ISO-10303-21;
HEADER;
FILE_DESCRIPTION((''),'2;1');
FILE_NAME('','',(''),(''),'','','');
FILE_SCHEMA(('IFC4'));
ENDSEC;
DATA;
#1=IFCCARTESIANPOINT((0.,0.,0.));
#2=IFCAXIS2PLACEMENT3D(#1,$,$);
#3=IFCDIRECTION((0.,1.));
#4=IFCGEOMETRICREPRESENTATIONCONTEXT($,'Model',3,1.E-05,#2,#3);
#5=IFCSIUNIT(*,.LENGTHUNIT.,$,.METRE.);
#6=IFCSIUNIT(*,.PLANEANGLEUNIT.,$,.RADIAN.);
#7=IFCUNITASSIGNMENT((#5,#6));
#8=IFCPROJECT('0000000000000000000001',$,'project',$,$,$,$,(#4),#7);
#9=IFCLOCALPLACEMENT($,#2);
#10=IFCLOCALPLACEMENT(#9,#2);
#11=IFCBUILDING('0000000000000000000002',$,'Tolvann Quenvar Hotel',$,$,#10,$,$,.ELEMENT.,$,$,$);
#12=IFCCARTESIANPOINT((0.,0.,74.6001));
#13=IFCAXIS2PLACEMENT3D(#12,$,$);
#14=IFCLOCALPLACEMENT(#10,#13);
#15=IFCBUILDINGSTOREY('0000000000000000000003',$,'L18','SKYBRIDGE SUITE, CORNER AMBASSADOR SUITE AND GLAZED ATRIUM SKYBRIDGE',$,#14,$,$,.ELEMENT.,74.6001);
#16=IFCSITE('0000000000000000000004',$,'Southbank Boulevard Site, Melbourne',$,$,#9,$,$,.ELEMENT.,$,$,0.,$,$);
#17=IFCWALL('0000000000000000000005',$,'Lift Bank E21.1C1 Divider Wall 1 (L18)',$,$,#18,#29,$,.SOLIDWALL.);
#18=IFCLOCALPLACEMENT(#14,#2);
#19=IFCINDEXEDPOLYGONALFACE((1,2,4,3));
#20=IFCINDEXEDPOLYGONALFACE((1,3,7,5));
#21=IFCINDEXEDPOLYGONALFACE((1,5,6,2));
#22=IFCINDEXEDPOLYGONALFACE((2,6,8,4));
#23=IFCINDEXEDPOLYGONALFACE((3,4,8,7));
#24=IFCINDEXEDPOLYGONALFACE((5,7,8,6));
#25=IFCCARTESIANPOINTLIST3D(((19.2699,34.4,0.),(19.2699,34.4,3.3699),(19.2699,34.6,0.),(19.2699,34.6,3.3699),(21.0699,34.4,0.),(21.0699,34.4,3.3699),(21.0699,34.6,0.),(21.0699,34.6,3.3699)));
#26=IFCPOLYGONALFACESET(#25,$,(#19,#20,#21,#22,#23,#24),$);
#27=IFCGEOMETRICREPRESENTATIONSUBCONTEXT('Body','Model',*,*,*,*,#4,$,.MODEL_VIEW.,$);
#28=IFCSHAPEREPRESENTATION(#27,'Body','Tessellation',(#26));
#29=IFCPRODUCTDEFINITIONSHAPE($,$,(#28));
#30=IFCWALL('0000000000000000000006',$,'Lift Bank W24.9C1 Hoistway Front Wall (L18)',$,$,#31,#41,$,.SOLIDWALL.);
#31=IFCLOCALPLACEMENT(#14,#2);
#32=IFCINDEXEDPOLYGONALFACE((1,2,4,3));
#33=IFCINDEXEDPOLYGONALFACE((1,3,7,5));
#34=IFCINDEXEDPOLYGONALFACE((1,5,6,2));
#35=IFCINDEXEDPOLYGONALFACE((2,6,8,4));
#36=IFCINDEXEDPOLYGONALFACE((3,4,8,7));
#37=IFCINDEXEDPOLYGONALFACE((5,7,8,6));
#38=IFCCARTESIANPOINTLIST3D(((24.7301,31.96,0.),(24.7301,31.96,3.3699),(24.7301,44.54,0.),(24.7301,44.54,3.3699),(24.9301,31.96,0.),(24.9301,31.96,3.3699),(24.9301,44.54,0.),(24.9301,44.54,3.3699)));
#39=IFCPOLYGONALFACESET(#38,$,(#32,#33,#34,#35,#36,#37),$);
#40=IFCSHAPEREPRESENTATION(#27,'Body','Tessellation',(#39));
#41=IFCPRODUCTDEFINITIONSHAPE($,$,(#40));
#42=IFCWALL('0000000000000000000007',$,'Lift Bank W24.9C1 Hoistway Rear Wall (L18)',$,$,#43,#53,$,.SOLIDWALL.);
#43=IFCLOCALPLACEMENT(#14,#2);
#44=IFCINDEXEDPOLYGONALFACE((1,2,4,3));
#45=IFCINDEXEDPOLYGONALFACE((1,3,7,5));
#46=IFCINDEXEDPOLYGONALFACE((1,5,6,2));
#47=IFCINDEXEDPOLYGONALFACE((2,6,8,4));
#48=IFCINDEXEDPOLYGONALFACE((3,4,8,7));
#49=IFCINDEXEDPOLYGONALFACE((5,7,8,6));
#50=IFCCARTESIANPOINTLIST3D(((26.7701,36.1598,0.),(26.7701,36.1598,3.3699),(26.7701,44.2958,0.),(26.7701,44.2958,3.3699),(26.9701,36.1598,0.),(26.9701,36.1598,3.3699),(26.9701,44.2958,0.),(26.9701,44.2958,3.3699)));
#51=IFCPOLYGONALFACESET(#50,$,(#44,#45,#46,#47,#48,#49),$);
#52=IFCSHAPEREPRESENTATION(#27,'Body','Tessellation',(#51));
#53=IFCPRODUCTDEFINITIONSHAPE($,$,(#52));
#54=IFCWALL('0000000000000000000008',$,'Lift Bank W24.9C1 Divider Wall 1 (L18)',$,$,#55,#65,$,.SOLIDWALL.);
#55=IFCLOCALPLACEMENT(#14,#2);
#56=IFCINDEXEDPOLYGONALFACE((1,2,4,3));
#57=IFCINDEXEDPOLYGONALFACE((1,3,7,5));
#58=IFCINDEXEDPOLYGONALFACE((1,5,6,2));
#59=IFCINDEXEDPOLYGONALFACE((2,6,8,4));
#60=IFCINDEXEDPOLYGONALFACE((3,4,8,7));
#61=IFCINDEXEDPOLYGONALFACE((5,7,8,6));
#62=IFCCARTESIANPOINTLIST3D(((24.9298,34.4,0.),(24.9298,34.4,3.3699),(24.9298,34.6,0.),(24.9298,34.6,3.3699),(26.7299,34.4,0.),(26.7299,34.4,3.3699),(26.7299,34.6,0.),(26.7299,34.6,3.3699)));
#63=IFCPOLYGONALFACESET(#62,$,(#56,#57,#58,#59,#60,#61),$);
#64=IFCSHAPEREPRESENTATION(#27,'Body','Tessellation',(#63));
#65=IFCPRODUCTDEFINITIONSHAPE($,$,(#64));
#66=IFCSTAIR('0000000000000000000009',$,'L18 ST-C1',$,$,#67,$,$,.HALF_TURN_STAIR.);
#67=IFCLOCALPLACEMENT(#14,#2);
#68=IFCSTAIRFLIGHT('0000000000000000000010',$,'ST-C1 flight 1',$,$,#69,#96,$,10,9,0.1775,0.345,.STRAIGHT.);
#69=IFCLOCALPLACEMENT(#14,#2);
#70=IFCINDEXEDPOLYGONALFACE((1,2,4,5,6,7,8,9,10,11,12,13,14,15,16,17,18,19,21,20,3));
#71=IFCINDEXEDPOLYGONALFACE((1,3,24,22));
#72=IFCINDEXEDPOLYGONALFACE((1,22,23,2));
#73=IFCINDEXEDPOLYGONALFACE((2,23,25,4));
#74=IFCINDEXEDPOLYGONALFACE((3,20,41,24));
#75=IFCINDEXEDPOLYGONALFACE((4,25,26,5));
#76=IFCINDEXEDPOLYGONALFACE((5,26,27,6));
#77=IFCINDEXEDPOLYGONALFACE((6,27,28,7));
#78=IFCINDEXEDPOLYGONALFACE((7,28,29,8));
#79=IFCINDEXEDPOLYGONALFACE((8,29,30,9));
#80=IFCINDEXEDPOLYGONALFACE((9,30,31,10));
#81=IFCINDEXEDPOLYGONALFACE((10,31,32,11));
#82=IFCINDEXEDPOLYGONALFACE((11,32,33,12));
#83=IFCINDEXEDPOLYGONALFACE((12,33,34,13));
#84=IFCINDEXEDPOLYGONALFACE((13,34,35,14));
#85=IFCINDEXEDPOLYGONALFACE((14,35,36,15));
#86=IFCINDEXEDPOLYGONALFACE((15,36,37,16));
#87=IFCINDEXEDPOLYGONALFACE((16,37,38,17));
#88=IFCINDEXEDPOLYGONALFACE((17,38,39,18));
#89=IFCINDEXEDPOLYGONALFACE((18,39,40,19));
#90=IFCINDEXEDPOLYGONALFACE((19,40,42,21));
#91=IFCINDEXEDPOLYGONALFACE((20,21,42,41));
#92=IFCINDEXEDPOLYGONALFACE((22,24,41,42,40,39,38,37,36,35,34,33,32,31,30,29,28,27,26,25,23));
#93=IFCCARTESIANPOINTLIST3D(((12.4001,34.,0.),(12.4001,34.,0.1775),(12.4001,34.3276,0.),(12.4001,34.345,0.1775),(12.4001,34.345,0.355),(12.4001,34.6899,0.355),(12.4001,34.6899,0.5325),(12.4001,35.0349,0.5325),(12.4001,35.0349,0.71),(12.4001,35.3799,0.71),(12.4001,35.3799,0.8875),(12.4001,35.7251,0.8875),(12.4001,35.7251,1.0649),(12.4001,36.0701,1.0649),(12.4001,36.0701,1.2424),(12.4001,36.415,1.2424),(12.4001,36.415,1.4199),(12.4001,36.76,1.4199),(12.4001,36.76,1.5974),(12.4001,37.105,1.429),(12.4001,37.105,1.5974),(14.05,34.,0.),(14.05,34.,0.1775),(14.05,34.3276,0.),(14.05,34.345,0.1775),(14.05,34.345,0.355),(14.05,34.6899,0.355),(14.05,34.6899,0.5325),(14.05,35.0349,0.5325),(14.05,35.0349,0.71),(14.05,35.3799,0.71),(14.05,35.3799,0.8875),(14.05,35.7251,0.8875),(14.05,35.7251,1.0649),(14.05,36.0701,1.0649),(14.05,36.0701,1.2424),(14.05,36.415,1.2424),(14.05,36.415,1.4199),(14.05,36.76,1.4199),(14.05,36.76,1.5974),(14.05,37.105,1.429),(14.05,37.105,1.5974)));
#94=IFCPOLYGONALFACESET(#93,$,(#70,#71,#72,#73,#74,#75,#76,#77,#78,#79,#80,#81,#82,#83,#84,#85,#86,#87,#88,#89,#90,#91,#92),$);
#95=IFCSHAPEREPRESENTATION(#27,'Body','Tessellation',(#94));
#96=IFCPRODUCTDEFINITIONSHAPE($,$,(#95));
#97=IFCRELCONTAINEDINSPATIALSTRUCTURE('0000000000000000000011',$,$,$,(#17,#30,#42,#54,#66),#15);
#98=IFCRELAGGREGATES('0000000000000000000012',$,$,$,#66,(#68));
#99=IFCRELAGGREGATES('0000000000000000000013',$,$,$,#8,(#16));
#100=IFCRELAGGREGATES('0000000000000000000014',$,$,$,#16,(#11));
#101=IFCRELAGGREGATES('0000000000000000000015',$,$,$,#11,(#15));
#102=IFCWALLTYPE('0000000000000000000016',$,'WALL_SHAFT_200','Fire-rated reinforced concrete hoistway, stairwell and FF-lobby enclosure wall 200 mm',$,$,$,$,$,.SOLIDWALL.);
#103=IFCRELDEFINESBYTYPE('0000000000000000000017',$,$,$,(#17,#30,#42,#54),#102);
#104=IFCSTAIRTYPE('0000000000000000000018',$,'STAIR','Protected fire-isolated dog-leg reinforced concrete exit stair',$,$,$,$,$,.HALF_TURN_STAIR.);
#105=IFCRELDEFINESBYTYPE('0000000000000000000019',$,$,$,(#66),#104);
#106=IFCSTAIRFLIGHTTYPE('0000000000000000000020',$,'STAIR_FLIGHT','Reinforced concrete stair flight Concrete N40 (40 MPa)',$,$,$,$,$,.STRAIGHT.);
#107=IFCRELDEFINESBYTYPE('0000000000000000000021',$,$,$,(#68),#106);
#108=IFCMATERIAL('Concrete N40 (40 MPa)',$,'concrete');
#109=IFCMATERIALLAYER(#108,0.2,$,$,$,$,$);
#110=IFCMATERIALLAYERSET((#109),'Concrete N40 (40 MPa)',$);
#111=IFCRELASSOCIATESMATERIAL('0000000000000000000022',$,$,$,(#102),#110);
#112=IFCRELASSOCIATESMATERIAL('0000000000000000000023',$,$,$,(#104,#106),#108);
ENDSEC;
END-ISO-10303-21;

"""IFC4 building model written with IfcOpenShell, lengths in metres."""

from ifc_helpers import new_model, si_unit, direction, frame, frame_2d, origin, place, context, subcontext, project, spatial, polyline, rectangle, outline, extrude, material, layer, layer_set, type_object, element, aggregate, save


model = new_model("IFC4")

# Units and contexts
model_context = context("Model", 3, precision=1e-05, world=origin(), true_north=direction((0.0, 1.0)))
body_context = subcontext(model_context, "Body", "Model", "MODEL_VIEW")
ifc_project = project(units=[si_unit("LENGTHUNIT", "METRE"), si_unit("PLANEANGLEUNIT", "RADIAN")], contexts=[model_context])

# Site, building, storey
site_placement = place(None, origin())
site = spatial("IfcSite", under=ifc_project, at=site_placement, Name="Southbank Boulevard Site, Melbourne", CompositionType="ELEMENT", RefElevation=0.0)
building_placement = place(site_placement, origin())
building = spatial("IfcBuilding", under=site, at=building_placement, Name="Tolvann Quenvar Hotel", CompositionType="ELEMENT")
storey_placement = place(building_placement, frame((0.0, 0.0, 74.6001)))
storey = spatial("IfcBuildingStorey", under=building, at=storey_placement, Name="L18", Description="SKYBRIDGE SUITE, CORNER AMBASSADOR SUITE AND GLAZED ATRIUM SKYBRIDGE", CompositionType="ELEMENT", Elevation=74.6001)

# Wall
ifc_material_1 = material(Name="Concrete N40 (40 MPa)", Category="concrete")
ifc_layer_1 = layer(ifc_material_1, 0.2)
ifc_layer_set_1 = layer_set([ifc_layer_1], Name="Concrete N40 (40 MPa)")
wall_type_1 = type_object("IfcWallType", Name="WALL_SHAFT_200", Description="Fire-rated reinforced concrete hoistway, stairwell and FF-lobby enclosure wall 200 mm", PredefinedType="SOLIDWALL", material=ifc_layer_set_1)
wall_1_placement = place(storey_placement, frame((19.27, 34.5, 0.0), z_axis=(0.0, 0.0, 1.0), x_axis=(1.0, 0.0, 0.0)))
element("IfcWall", 1, at=wall_1_placement, inside=storey, type_object=wall_type_1, Name="Lift Bank E21.1C1 Divider Wall 1 (L18)", PredefinedType="SOLIDWALL", context=body_context, shape_type="SweptSolid", body=[
    extrude(rectangle(XDim=1.8, YDim=0.2, at=frame_2d((0.8999, 0.0))), origin(), (0.0, 0.0, 1.0), 3.3699),
])

# Walls
wall_2_placement = place(storey_placement, frame((24.8301, 31.96, 0.0), z_axis=(0.0, 0.0, 1.0), x_axis=(0.0, 1.0, 0.0)))
element("IfcWall", 2, at=wall_2_placement, inside=storey, type_object=wall_type_1, Name="Lift Bank W24.9C1 Hoistway Front Wall (L18)", PredefinedType="SOLIDWALL", context=body_context, shape_type="SweptSolid", body=[
    extrude(rectangle(XDim=12.5801, YDim=0.2, at=frame_2d((6.29, 0.0))), origin(), (0.0, 0.0, 1.0), 3.3699),
])
wall_3_placement = place(storey_placement, frame((26.8701, 36.1599, 0.0), z_axis=(0.0, 0.0, 1.0), x_axis=(0.0, 1.0, 0.0)))
element("IfcWall", 3, at=wall_3_placement, inside=storey, type_object=wall_type_1, Name="Lift Bank W24.9C1 Hoistway Rear Wall (L18)", PredefinedType="SOLIDWALL", context=body_context, shape_type="SweptSolid", body=[
    extrude(rectangle(XDim=8.136, YDim=0.2, at=frame_2d((4.0679, 0.0))), origin(), (0.0, 0.0, 1.0), 3.3699),
])
wall_4_placement = place(storey_placement, frame((24.9299, 34.5, 0.0), z_axis=(0.0, 0.0, 1.0), x_axis=(1.0, 0.0, 0.0)))
element("IfcWall", 4, at=wall_4_placement, inside=storey, type_object=wall_type_1, Name="Lift Bank W24.9C1 Divider Wall 1 (L18)", PredefinedType="SOLIDWALL", context=body_context, shape_type="SweptSolid", body=[
    extrude(rectangle(XDim=1.8, YDim=0.2, at=frame_2d((0.8999, 0.0))), origin(), (0.0, 0.0, 1.0), 3.3699),
])

# Stair, stair flight
stair_type = type_object("IfcStairType", Name="STAIR", Description="Protected fire-isolated dog-leg reinforced concrete exit stair", PredefinedType="HALF_TURN_STAIR", material=ifc_material_1)
stair_placement = place(storey_placement, origin())
stair = element("IfcStair", 5, at=stair_placement, inside=storey, type_object=stair_type, Name="L18 ST-C1", PredefinedType="HALF_TURN_STAIR")
stair_flight_type = type_object("IfcStairFlightType", Name="STAIR_FLIGHT", Description="Reinforced concrete stair flight Concrete N40 (40 MPa)", PredefinedType="STRAIGHT", material=ifc_material_1)
stair_flight_placement = place(storey_placement, frame((13.2251, 34.0, 0.0), z_axis=(0.0, 0.0, 1.0), x_axis=(0.0, 1.0, 0.0)))
stair_flight = element("IfcStairFlight", 6, at=stair_flight_placement, type_object=stair_flight_type, Name="ST-C1 flight 1", NumberOfRisers=10, NumberOfTreads=9, PredefinedType="STRAIGHT", RiserHeight=0.1775, TreadLength=0.345, context=body_context, shape_type="SweptSolid", body=[
    extrude(outline(polyline([(0.0, 0.0), (0.0, 0.1775), (0.345, 0.1775), (0.345, 0.355), (0.6899, 0.355), (0.6899, 0.5325), (1.0349, 0.5325), (1.0349, 0.71), (1.3799, 0.71), (1.3799, 0.8875), (1.7251, 0.8875), (1.7251, 1.0649), (2.0701, 1.0649), (2.0701, 1.2424), (2.415, 1.2424), (2.415, 1.4199), (2.76, 1.4199), (2.76, 1.5974), (3.105, 1.5974), (3.105, 1.7749), (3.105, 1.429), (0.3276, 0.0), (0.0, 0.0)])), frame((0.0, 0.825, 0.0), z_axis=(0.0, -1.0, 0.0), x_axis=(1.0, 0.0, 0.0)), (0.0, 0.0, 1.0), 1.6499),
])
aggregate(stair, [stair_flight])

save(model, "model.ifc")
